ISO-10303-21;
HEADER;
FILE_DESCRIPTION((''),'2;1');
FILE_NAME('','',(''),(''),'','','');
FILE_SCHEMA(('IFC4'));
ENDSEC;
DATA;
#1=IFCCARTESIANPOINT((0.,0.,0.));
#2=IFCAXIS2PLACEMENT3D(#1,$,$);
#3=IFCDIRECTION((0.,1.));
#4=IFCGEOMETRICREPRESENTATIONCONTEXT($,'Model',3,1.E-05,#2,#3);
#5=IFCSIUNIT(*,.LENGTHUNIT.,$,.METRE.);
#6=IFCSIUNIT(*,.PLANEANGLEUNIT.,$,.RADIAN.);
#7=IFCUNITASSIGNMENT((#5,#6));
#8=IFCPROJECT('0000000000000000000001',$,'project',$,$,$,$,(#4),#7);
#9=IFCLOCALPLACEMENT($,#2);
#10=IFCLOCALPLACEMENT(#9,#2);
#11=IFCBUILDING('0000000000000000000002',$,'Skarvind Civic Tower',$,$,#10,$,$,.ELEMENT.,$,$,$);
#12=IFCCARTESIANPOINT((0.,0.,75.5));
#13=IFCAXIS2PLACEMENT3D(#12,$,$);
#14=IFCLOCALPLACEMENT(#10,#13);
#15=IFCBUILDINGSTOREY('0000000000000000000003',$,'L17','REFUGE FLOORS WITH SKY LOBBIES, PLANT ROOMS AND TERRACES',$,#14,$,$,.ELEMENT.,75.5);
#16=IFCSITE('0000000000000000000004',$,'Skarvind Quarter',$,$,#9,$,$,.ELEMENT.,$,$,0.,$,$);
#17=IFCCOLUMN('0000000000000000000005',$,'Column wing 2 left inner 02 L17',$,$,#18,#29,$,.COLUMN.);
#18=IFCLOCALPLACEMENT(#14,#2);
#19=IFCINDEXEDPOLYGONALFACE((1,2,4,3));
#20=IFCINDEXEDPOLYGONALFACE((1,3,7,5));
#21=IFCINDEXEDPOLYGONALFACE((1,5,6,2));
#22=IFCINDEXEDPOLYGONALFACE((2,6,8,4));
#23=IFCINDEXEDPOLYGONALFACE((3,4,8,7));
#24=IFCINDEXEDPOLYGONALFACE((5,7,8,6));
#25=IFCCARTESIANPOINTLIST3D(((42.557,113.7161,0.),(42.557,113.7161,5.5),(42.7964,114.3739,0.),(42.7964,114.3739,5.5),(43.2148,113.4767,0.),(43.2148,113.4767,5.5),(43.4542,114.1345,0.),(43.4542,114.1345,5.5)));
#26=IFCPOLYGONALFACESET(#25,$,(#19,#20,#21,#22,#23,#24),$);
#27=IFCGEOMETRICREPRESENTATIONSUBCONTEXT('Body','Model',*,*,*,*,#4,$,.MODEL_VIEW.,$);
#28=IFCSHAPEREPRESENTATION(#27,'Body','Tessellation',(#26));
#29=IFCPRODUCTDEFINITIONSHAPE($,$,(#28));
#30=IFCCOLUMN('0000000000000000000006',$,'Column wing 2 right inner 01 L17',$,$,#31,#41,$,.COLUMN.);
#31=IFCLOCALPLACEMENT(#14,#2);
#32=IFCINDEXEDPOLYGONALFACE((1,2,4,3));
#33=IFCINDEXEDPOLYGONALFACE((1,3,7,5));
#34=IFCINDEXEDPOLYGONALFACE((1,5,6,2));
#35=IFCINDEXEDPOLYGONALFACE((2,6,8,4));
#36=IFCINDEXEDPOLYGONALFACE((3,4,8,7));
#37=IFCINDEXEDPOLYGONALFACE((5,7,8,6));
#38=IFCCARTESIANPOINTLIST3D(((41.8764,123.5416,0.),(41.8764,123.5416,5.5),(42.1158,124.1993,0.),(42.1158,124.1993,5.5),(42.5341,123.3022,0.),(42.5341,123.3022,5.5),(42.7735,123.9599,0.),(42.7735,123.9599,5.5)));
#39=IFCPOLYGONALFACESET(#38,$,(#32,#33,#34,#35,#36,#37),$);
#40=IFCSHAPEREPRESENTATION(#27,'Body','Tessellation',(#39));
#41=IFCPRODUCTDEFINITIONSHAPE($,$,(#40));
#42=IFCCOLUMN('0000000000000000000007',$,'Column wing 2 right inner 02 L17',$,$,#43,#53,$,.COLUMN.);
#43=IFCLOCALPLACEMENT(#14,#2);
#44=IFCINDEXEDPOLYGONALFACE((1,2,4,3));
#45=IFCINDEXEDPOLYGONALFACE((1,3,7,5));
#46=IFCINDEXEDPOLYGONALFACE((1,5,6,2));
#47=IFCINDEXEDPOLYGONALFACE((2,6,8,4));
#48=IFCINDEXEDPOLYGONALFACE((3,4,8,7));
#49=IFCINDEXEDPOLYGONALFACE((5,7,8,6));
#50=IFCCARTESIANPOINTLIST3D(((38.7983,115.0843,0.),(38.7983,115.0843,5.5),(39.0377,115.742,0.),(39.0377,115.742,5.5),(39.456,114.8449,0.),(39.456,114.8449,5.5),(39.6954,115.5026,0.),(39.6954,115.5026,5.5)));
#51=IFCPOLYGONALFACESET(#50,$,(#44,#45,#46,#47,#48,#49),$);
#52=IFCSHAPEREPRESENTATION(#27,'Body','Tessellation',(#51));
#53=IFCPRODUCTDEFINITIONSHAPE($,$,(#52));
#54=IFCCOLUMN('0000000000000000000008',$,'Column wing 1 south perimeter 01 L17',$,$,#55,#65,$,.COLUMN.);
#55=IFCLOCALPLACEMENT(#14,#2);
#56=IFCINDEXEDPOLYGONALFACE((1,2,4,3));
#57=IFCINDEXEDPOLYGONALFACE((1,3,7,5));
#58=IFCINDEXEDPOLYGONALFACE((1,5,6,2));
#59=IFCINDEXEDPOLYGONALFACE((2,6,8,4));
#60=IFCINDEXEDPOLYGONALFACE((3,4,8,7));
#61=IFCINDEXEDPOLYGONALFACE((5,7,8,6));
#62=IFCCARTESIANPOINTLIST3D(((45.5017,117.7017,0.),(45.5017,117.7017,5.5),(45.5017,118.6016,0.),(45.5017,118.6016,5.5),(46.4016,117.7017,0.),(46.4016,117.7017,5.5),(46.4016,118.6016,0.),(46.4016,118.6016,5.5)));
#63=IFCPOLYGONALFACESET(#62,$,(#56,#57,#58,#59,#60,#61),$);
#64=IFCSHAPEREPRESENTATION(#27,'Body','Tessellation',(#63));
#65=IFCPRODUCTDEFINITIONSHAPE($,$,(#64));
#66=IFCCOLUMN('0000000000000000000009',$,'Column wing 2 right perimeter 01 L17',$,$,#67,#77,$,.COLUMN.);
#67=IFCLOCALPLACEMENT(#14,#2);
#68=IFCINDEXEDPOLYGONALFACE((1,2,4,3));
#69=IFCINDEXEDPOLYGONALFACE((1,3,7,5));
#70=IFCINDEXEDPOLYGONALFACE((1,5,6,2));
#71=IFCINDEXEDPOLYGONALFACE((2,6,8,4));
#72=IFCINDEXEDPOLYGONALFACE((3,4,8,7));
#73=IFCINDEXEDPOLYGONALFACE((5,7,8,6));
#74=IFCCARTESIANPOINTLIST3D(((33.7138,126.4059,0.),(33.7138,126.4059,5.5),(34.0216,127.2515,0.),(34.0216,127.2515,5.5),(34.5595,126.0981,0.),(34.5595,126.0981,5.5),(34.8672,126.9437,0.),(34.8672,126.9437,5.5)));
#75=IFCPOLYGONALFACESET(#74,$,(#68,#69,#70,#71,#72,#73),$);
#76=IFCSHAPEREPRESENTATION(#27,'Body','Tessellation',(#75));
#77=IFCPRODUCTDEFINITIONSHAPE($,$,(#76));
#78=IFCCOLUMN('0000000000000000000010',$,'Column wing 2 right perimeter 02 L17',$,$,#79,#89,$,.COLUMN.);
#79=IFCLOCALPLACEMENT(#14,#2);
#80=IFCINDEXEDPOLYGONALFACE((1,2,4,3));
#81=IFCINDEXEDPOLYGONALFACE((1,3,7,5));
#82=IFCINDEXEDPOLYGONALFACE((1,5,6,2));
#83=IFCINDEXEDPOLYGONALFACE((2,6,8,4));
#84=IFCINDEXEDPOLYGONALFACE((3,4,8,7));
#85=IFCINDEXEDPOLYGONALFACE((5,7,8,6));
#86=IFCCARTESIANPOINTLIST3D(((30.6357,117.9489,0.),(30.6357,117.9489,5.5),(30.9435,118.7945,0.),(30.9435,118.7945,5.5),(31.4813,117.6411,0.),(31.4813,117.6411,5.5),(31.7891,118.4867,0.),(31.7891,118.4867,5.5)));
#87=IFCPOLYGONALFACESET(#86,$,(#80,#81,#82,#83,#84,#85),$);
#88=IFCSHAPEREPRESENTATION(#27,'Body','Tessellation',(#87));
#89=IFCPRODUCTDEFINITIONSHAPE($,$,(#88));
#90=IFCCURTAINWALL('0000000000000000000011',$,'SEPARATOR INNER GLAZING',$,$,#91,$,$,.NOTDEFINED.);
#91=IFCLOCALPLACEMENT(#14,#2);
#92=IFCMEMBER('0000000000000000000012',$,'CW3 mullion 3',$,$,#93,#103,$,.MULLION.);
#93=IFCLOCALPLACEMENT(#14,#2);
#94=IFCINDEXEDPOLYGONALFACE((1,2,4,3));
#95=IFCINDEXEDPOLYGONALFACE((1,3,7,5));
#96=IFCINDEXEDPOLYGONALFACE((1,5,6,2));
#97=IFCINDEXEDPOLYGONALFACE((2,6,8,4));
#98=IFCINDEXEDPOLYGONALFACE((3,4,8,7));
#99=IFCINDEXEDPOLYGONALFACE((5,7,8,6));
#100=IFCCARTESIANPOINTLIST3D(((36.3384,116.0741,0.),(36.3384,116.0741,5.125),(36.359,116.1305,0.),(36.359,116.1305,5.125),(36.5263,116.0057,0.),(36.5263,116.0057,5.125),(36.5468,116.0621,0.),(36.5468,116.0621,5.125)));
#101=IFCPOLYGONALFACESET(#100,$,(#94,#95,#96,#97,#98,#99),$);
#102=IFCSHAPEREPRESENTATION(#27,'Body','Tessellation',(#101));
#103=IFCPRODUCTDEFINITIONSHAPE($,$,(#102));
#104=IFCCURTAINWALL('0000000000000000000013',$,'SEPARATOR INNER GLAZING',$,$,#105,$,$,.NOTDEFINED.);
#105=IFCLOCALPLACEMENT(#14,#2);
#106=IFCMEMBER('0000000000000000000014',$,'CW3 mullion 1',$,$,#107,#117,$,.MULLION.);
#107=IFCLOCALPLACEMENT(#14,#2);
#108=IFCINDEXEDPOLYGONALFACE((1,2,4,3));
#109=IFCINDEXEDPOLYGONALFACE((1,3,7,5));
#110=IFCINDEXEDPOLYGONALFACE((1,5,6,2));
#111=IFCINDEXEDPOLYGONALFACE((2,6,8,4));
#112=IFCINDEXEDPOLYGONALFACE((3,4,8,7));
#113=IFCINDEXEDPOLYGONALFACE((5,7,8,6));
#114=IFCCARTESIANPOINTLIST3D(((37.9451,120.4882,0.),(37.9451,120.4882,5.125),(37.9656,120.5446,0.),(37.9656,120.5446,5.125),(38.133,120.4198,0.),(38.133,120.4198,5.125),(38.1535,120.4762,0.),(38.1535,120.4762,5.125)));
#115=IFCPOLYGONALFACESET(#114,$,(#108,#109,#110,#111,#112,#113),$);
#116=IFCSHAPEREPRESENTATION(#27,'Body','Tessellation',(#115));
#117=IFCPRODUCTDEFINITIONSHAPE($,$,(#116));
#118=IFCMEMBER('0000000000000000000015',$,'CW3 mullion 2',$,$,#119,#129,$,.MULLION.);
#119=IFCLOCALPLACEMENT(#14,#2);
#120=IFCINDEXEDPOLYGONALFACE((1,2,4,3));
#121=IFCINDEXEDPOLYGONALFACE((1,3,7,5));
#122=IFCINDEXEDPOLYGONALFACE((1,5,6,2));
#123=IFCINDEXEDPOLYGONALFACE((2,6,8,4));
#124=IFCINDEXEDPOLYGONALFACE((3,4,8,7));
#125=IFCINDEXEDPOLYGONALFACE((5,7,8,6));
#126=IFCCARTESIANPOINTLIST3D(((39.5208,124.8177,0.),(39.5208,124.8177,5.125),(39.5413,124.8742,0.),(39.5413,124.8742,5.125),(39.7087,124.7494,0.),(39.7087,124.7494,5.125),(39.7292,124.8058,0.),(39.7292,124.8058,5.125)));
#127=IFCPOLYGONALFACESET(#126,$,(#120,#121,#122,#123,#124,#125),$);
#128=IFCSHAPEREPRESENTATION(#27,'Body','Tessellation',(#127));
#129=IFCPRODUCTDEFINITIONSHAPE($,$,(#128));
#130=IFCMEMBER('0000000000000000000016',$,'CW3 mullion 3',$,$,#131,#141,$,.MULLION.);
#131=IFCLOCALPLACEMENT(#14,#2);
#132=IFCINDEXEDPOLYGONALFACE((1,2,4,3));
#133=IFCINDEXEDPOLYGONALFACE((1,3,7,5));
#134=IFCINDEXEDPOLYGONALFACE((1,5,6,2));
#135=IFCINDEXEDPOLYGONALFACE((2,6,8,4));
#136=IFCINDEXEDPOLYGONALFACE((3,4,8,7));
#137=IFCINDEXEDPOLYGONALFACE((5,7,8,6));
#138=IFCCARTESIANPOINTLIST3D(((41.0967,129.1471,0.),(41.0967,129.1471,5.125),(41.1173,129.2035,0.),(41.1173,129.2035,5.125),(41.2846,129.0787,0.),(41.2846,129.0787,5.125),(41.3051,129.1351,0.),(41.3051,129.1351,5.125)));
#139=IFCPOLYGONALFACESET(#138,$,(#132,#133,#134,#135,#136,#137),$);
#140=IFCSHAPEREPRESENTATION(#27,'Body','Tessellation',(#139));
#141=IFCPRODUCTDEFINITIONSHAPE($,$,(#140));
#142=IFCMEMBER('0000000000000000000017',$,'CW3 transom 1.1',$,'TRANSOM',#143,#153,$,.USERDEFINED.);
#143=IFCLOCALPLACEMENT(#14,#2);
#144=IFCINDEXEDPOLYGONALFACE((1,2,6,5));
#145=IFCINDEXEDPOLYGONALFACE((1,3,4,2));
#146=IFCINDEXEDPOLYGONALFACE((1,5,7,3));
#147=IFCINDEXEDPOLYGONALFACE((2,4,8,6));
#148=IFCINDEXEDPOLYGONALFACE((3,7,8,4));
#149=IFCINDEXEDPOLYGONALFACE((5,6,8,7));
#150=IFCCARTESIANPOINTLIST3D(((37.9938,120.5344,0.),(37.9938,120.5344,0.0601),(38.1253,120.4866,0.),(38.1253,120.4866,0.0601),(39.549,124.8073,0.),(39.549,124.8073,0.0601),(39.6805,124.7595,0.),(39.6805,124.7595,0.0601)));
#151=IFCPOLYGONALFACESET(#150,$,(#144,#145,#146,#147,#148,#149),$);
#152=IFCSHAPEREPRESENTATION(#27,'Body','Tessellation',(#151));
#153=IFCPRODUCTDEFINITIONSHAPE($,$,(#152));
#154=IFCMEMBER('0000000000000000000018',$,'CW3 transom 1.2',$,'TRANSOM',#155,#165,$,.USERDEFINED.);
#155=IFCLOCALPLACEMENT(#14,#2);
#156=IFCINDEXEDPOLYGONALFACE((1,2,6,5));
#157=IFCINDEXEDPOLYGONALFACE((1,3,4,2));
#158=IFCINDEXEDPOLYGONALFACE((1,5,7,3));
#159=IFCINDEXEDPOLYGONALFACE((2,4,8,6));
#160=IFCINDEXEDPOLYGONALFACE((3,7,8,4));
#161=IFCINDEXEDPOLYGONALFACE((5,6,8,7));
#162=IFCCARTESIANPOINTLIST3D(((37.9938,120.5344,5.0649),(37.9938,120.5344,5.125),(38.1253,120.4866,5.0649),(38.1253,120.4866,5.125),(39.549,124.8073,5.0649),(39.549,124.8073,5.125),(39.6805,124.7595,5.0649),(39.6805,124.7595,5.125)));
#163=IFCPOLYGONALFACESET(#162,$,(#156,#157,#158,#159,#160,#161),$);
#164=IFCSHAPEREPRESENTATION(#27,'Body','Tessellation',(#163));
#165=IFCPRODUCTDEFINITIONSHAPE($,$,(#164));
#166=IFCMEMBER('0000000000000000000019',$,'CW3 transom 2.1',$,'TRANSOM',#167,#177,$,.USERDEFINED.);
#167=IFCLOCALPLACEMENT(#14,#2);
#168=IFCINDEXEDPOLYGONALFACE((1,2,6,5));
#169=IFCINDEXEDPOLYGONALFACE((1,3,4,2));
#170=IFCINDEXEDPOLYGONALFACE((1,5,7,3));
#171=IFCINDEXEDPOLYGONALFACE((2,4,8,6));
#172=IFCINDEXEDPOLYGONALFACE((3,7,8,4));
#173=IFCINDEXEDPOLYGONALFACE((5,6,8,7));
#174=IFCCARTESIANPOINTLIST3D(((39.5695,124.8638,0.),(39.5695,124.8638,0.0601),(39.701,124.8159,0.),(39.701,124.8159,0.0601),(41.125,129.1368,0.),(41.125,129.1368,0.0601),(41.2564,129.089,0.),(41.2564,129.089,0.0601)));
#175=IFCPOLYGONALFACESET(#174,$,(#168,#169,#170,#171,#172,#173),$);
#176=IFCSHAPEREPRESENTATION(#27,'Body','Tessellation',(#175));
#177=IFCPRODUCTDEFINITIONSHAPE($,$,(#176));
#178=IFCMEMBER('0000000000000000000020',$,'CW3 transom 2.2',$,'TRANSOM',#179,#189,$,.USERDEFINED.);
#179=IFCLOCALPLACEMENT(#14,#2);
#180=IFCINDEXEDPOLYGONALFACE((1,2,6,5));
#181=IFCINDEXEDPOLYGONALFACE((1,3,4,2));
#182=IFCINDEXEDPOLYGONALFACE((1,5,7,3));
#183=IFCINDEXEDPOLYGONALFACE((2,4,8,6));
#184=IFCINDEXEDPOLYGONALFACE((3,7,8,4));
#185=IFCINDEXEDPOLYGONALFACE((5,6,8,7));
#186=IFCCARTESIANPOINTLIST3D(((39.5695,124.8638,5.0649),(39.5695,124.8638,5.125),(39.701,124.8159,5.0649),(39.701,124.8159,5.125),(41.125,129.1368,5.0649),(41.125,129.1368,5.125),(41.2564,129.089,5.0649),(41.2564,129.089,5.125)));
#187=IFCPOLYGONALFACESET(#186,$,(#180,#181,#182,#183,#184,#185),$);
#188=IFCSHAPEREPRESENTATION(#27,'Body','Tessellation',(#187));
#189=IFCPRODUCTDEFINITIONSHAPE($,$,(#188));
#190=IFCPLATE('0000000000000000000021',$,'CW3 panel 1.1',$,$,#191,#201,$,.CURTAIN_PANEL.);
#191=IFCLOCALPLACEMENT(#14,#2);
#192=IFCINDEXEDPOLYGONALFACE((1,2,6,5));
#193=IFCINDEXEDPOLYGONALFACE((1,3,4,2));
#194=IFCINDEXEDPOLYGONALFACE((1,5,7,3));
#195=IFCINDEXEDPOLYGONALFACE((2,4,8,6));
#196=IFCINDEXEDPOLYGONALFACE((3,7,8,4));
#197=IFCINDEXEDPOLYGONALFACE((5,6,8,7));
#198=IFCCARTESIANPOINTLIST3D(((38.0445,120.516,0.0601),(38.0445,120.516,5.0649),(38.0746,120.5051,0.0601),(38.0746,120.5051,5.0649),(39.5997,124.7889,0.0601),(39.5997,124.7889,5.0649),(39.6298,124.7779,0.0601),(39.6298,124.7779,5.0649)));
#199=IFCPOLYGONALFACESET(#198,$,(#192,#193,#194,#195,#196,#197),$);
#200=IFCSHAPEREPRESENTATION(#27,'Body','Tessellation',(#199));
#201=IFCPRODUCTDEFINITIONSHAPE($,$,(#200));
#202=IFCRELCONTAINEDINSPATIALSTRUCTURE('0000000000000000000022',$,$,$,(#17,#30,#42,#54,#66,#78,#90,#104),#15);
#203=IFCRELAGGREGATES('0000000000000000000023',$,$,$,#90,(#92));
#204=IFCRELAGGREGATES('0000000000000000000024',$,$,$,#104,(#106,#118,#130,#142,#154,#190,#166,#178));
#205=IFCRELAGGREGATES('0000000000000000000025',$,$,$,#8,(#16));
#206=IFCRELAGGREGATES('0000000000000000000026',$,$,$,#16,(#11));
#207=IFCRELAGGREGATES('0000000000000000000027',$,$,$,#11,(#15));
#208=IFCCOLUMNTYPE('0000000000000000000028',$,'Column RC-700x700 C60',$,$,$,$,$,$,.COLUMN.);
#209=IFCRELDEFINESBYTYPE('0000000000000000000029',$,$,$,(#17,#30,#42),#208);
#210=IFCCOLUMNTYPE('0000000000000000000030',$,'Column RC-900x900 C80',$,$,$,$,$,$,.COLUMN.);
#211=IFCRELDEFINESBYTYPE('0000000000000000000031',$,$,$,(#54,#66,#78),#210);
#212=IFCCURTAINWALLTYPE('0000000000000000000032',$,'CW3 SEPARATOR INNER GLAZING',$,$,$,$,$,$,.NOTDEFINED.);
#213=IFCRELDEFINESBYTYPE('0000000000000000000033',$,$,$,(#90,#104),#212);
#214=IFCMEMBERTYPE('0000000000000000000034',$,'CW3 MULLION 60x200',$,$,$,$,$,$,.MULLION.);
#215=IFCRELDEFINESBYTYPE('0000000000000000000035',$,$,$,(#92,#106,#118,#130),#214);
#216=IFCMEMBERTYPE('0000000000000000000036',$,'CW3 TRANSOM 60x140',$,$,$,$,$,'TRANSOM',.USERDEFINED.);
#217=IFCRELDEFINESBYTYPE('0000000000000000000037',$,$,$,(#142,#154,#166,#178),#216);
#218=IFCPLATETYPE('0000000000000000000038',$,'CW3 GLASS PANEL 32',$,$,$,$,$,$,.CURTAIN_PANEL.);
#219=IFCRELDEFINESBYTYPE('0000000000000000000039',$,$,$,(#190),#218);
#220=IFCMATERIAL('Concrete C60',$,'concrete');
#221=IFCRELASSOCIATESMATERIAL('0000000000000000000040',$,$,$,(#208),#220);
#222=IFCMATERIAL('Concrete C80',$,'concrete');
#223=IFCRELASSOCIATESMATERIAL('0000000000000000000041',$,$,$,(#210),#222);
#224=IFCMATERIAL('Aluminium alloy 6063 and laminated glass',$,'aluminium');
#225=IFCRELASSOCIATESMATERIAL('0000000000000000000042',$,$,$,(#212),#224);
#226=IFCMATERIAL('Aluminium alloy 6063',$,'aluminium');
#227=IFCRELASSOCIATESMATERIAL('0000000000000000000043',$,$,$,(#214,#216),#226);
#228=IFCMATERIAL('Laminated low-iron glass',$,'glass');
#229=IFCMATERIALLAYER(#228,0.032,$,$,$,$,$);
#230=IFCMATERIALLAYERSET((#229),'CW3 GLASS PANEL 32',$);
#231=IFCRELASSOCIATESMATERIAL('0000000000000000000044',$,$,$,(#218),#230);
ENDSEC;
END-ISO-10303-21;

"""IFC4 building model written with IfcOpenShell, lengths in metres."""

from ifc_helpers import new_model, si_unit, direction, frame, origin, origin_2d, place, context, subcontext, project, spatial, rectangle, extrude, material, layer, layer_set, material_profile, profile_set, type_object, element, aggregate, save


model = new_model("IFC4")

# Units and contexts
model_context = context("Model", 3, precision=1e-05, world=origin(), true_north=direction((0.0, 1.0)))
body_context = subcontext(model_context, "Body", "Model", "MODEL_VIEW")
ifc_project = project(units=[si_unit("LENGTHUNIT", "METRE"), si_unit("PLANEANGLEUNIT", "RADIAN")], contexts=[model_context])

# Site, building, storey
site_placement = place(None, origin())
site = spatial("IfcSite", under=ifc_project, at=site_placement, Name="Skarvind Quarter", CompositionType="ELEMENT", RefElevation=0.0)
building_placement = place(site_placement, origin())
building = spatial("IfcBuilding", under=site, at=building_placement, Name="Skarvind Civic Tower", CompositionType="ELEMENT")
storey_placement = place(building_placement, frame((0.0, 0.0, 75.5)))
storey = spatial("IfcBuildingStorey", under=building, at=storey_placement, Name="L17", Description="REFUGE FLOORS WITH SKY LOBBIES, PLANT ROOMS AND TERRACES", CompositionType="ELEMENT", Elevation=75.5)

# Columns
ifc_material_1 = material(Name="Concrete C60", Category="concrete")
ifc_material_profile_1 = material_profile(ifc_material_1, rectangle(XDim=0.7, YDim=0.7, at=origin_2d()), Name="RC-700x700")
ifc_profile_set_1 = profile_set([ifc_material_profile_1], Name="Concrete C60")
column_type_1 = type_object("IfcColumnType", Name="Column RC-700x700 C60", PredefinedType="COLUMN", material=ifc_profile_set_1)
for number, where, z_axis, x_axis, name in (
    (1, (43.0056, 113.9253, 0.0), (0.0, 0.0, 1.0), (-0.34202, -0.939693, 0.0), "Column wing 2 left inner 02 L17"),
    (2, (42.325, 123.7507, 0.0), (0.0, 0.0, 1.0), (-0.34202, -0.939693, 0.0), "Column wing 2 right inner 01 L17"),
    (3, (39.2468, 115.2935, 0.0), (0.0, 0.0, 1.0), (-0.34202, -0.939693, 0.0), "Column wing 2 right inner 02 L17"),
):
    element("IfcColumn", number, at=place(storey_placement, frame(where, z_axis=z_axis, x_axis=x_axis)), inside=storey, type_object=column_type_1, Name=name, PredefinedType="COLUMN", context=body_context, shape_type="SweptSolid", body=[
        extrude(rectangle(XDim=0.7, YDim=0.7, at=origin_2d()), origin(), (0.0, 0.0, 1.0), 5.5),
    ])
ifc_material_2 = material(Name="Concrete C80", Category="concrete")
ifc_material_profile_2 = material_profile(ifc_material_2, rectangle(XDim=0.8999, YDim=0.8999, at=origin_2d()), Name="RC-900x900")
ifc_profile_set_2 = profile_set([ifc_material_profile_2], Name="Concrete C80")
column_type_2 = type_object("IfcColumnType", Name="Column RC-900x900 C80", PredefinedType="COLUMN", material=ifc_profile_set_2)
for number, where, z_axis, x_axis, name in (
    (4, (45.9517, 118.1516, 0.0), (0.0, 0.0, 1.0), (1.0, 0.0, 0.0), "Column wing 1 south perimeter 01 L17"),
    (5, (34.2905, 126.6748, 0.0), (0.0, 0.0, 1.0), (-0.34202, -0.939693, 0.0), "Column wing 2 right perimeter 01 L17"),
    (6, (31.2124, 118.2178, 0.0), (0.0, 0.0, 1.0), (-0.34202, -0.939693, 0.0), "Column wing 2 right perimeter 02 L17"),
):
    element("IfcColumn", number, at=place(storey_placement, frame(where, z_axis=z_axis, x_axis=x_axis)), inside=storey, type_object=column_type_2, Name=name, PredefinedType="COLUMN", context=body_context, shape_type="SweptSolid", body=[
        extrude(rectangle(XDim=0.8999, YDim=0.8999, at=origin_2d()), origin(), (0.0, 0.0, 1.0), 5.5),
    ])

# Curtain wall, member
ifc_material_3 = material(Name="Aluminium alloy 6063 and laminated glass", Category="aluminium")
curtain_wall_type = type_object("IfcCurtainWallType", Name="CW3 SEPARATOR INNER GLAZING", PredefinedType="NOTDEFINED", material=ifc_material_3)
curtain_wall_1_placement = place(storey_placement, origin())
curtain_wall_1 = element("IfcCurtainWall", 7, at=curtain_wall_1_placement, inside=storey, type_object=curtain_wall_type, Name="SEPARATOR INNER GLAZING", PredefinedType="NOTDEFINED")
ifc_material_4 = material(Name="Aluminium alloy 6063", Category="aluminium")
ifc_material_profile_3 = material_profile(ifc_material_4, rectangle(XDim=0.2, YDim=0.0601, at=origin_2d()), Name="AL 60x200")
ifc_profile_set_3 = profile_set([ifc_material_profile_3], Name="Aluminium alloy 6063")
member_type_1 = type_object("IfcMemberType", Name="CW3 MULLION 60x200", PredefinedType="MULLION", material=ifc_profile_set_3)
member_1_placement = place(storey_placement, frame((36.4426, 116.0681, 0.0), z_axis=(0.0, 0.0, 1.0), x_axis=(-0.939692, 0.342022, 0.0)))
member_1 = element("IfcMember", 8, at=member_1_placement, type_object=member_type_1, Name="CW3 mullion 3", PredefinedType="MULLION", context=body_context, shape_type="SweptSolid", body=[
    extrude(rectangle(XDim=0.2, YDim=0.0601, at=origin_2d()), origin(), (0.0, 0.0, 1.0), 5.125),
])
aggregate(curtain_wall_1, [member_1])

# Curtain wall, members, plate
curtain_wall_2_placement = place(storey_placement, origin())
curtain_wall_2 = element("IfcCurtainWall", 9, at=curtain_wall_2_placement, inside=storey, type_object=curtain_wall_type, Name="SEPARATOR INNER GLAZING", PredefinedType="NOTDEFINED")
member_2_placement = place(storey_placement, frame((38.0493, 120.4822, 0.0), z_axis=(0.0, 0.0, 1.0), x_axis=(-0.93969, 0.342026, 0.0)))
member_2 = element("IfcMember", 10, at=member_2_placement, type_object=member_type_1, Name="CW3 mullion 1", PredefinedType="MULLION", context=body_context, shape_type="SweptSolid", body=[
    extrude(rectangle(XDim=0.2, YDim=0.0601, at=origin_2d()), origin(), (0.0, 0.0, 1.0), 5.125),
])
member_3_placement = place(storey_placement, frame((39.625, 124.8118, 0.0), z_axis=(0.0, 0.0, 1.0), x_axis=(-0.93969, 0.342026, 0.0)))
member_3 = element("IfcMember", 11, at=member_3_placement, type_object=member_type_1, Name="CW3 mullion 2", PredefinedType="MULLION", context=body_context, shape_type="SweptSolid", body=[
    extrude(rectangle(XDim=0.2, YDim=0.0601, at=origin_2d()), origin(), (0.0, 0.0, 1.0), 5.125),
])
member_4_placement = place(storey_placement, frame((41.2009, 129.1411, 0.0), z_axis=(0.0, 0.0, 1.0), x_axis=(-0.93969, 0.342026, 0.0)))
member_4 = element("IfcMember", 12, at=member_4_placement, type_object=member_type_1, Name="CW3 mullion 3", PredefinedType="MULLION", context=body_context, shape_type="SweptSolid", body=[
    extrude(rectangle(XDim=0.2, YDim=0.0601, at=origin_2d()), origin(), (0.0, 0.0, 1.0), 5.125),
])
ifc_material_profile_4 = material_profile(ifc_material_4, rectangle(XDim=0.1399, YDim=0.0601, at=origin_2d()), Name="AL 60x140")
ifc_profile_set_4 = profile_set([ifc_material_profile_4], Name="Aluminium alloy 6063")
member_type_2 = type_object("IfcMemberType", Name="CW3 TRANSOM 60x140", ElementType="TRANSOM", PredefinedType="USERDEFINED", material=ifc_profile_set_4)
member_5_placement = place(storey_placement, frame((38.0596, 120.5105, 0.03), z_axis=(0.34201, 0.939696, 0.0), x_axis=(-0.939696, 0.34201, 0.0)))
member_5 = element("IfcMember", 13, at=member_5_placement, type_object=member_type_2, Name="CW3 transom 1.1", ObjectType="TRANSOM", PredefinedType="USERDEFINED", context=body_context, shape_type="SweptSolid", body=[
    extrude(rectangle(XDim=0.1399, YDim=0.0601, at=origin_2d()), origin(), (0.0, 0.0, 1.0), 4.5471),
])
member_6_placement = place(storey_placement, frame((38.0596, 120.5105, 5.095), z_axis=(0.34201, 0.939696, 0.0), x_axis=(-0.939696, 0.34201, 0.0)))
member_6 = element("IfcMember", 14, at=member_6_placement, type_object=member_type_2, Name="CW3 transom 1.2", ObjectType="TRANSOM", PredefinedType="USERDEFINED", context=body_context, shape_type="SweptSolid", body=[
    extrude(rectangle(XDim=0.1399, YDim=0.0601, at=origin_2d()), origin(), (0.0, 0.0, 1.0), 4.5471),
])
member_7_placement = place(storey_placement, frame((39.6353, 124.8398, 0.03), z_axis=(0.342058, 0.939679, 0.0), x_axis=(-0.939679, 0.342058, 0.0)))
member_7 = element("IfcMember", 15, at=member_7_placement, type_object=member_type_2, Name="CW3 transom 2.1", ObjectType="TRANSOM", PredefinedType="USERDEFINED", context=body_context, shape_type="SweptSolid", body=[
    extrude(rectangle(XDim=0.1399, YDim=0.0601, at=origin_2d()), origin(), (0.0, 0.0, 1.0), 4.5474),
])
member_8_placement = place(storey_placement, frame((39.6353, 124.8398, 5.095), z_axis=(0.342058, 0.939679, 0.0), x_axis=(-0.939679, 0.342058, 0.0)))
member_8 = element("IfcMember", 16, at=member_8_placement, type_object=member_type_2, Name="CW3 transom 2.2", ObjectType="TRANSOM", PredefinedType="USERDEFINED", context=body_context, shape_type="SweptSolid", body=[
    extrude(rectangle(XDim=0.1399, YDim=0.0601, at=origin_2d()), origin(), (0.0, 0.0, 1.0), 4.5474),
])
ifc_material_5 = material(Name="Laminated low-iron glass", Category="glass")
ifc_layer_1 = layer(ifc_material_5, 0.032)
ifc_layer_set_1 = layer_set([ifc_layer_1], Name="CW3 GLASS PANEL 32")
plate_type = type_object("IfcPlateType", Name="CW3 GLASS PANEL 32", PredefinedType="CURTAIN_PANEL", material=ifc_layer_set_1)
plate_1_placement = place(storey_placement, frame((38.8372, 122.647, 0.0601), z_axis=(0.0, 0.0, 1.0), x_axis=(0.342026, 0.93969, 0.0)))
plate_1 = element("IfcPlate", 17, at=plate_1_placement, type_object=plate_type, Name="CW3 panel 1.1", PredefinedType="CURTAIN_PANEL", context=body_context, shape_type="SweptSolid", body=[
    extrude(rectangle(XDim=4.5471, YDim=0.032, at=origin_2d()), origin(), (0.0, 0.0, 1.0), 5.0049),
])
aggregate(curtain_wall_2, [member_2, member_3, member_4, member_5, member_6, plate_1, member_7, member_8])

save(model, "model.ifc")
